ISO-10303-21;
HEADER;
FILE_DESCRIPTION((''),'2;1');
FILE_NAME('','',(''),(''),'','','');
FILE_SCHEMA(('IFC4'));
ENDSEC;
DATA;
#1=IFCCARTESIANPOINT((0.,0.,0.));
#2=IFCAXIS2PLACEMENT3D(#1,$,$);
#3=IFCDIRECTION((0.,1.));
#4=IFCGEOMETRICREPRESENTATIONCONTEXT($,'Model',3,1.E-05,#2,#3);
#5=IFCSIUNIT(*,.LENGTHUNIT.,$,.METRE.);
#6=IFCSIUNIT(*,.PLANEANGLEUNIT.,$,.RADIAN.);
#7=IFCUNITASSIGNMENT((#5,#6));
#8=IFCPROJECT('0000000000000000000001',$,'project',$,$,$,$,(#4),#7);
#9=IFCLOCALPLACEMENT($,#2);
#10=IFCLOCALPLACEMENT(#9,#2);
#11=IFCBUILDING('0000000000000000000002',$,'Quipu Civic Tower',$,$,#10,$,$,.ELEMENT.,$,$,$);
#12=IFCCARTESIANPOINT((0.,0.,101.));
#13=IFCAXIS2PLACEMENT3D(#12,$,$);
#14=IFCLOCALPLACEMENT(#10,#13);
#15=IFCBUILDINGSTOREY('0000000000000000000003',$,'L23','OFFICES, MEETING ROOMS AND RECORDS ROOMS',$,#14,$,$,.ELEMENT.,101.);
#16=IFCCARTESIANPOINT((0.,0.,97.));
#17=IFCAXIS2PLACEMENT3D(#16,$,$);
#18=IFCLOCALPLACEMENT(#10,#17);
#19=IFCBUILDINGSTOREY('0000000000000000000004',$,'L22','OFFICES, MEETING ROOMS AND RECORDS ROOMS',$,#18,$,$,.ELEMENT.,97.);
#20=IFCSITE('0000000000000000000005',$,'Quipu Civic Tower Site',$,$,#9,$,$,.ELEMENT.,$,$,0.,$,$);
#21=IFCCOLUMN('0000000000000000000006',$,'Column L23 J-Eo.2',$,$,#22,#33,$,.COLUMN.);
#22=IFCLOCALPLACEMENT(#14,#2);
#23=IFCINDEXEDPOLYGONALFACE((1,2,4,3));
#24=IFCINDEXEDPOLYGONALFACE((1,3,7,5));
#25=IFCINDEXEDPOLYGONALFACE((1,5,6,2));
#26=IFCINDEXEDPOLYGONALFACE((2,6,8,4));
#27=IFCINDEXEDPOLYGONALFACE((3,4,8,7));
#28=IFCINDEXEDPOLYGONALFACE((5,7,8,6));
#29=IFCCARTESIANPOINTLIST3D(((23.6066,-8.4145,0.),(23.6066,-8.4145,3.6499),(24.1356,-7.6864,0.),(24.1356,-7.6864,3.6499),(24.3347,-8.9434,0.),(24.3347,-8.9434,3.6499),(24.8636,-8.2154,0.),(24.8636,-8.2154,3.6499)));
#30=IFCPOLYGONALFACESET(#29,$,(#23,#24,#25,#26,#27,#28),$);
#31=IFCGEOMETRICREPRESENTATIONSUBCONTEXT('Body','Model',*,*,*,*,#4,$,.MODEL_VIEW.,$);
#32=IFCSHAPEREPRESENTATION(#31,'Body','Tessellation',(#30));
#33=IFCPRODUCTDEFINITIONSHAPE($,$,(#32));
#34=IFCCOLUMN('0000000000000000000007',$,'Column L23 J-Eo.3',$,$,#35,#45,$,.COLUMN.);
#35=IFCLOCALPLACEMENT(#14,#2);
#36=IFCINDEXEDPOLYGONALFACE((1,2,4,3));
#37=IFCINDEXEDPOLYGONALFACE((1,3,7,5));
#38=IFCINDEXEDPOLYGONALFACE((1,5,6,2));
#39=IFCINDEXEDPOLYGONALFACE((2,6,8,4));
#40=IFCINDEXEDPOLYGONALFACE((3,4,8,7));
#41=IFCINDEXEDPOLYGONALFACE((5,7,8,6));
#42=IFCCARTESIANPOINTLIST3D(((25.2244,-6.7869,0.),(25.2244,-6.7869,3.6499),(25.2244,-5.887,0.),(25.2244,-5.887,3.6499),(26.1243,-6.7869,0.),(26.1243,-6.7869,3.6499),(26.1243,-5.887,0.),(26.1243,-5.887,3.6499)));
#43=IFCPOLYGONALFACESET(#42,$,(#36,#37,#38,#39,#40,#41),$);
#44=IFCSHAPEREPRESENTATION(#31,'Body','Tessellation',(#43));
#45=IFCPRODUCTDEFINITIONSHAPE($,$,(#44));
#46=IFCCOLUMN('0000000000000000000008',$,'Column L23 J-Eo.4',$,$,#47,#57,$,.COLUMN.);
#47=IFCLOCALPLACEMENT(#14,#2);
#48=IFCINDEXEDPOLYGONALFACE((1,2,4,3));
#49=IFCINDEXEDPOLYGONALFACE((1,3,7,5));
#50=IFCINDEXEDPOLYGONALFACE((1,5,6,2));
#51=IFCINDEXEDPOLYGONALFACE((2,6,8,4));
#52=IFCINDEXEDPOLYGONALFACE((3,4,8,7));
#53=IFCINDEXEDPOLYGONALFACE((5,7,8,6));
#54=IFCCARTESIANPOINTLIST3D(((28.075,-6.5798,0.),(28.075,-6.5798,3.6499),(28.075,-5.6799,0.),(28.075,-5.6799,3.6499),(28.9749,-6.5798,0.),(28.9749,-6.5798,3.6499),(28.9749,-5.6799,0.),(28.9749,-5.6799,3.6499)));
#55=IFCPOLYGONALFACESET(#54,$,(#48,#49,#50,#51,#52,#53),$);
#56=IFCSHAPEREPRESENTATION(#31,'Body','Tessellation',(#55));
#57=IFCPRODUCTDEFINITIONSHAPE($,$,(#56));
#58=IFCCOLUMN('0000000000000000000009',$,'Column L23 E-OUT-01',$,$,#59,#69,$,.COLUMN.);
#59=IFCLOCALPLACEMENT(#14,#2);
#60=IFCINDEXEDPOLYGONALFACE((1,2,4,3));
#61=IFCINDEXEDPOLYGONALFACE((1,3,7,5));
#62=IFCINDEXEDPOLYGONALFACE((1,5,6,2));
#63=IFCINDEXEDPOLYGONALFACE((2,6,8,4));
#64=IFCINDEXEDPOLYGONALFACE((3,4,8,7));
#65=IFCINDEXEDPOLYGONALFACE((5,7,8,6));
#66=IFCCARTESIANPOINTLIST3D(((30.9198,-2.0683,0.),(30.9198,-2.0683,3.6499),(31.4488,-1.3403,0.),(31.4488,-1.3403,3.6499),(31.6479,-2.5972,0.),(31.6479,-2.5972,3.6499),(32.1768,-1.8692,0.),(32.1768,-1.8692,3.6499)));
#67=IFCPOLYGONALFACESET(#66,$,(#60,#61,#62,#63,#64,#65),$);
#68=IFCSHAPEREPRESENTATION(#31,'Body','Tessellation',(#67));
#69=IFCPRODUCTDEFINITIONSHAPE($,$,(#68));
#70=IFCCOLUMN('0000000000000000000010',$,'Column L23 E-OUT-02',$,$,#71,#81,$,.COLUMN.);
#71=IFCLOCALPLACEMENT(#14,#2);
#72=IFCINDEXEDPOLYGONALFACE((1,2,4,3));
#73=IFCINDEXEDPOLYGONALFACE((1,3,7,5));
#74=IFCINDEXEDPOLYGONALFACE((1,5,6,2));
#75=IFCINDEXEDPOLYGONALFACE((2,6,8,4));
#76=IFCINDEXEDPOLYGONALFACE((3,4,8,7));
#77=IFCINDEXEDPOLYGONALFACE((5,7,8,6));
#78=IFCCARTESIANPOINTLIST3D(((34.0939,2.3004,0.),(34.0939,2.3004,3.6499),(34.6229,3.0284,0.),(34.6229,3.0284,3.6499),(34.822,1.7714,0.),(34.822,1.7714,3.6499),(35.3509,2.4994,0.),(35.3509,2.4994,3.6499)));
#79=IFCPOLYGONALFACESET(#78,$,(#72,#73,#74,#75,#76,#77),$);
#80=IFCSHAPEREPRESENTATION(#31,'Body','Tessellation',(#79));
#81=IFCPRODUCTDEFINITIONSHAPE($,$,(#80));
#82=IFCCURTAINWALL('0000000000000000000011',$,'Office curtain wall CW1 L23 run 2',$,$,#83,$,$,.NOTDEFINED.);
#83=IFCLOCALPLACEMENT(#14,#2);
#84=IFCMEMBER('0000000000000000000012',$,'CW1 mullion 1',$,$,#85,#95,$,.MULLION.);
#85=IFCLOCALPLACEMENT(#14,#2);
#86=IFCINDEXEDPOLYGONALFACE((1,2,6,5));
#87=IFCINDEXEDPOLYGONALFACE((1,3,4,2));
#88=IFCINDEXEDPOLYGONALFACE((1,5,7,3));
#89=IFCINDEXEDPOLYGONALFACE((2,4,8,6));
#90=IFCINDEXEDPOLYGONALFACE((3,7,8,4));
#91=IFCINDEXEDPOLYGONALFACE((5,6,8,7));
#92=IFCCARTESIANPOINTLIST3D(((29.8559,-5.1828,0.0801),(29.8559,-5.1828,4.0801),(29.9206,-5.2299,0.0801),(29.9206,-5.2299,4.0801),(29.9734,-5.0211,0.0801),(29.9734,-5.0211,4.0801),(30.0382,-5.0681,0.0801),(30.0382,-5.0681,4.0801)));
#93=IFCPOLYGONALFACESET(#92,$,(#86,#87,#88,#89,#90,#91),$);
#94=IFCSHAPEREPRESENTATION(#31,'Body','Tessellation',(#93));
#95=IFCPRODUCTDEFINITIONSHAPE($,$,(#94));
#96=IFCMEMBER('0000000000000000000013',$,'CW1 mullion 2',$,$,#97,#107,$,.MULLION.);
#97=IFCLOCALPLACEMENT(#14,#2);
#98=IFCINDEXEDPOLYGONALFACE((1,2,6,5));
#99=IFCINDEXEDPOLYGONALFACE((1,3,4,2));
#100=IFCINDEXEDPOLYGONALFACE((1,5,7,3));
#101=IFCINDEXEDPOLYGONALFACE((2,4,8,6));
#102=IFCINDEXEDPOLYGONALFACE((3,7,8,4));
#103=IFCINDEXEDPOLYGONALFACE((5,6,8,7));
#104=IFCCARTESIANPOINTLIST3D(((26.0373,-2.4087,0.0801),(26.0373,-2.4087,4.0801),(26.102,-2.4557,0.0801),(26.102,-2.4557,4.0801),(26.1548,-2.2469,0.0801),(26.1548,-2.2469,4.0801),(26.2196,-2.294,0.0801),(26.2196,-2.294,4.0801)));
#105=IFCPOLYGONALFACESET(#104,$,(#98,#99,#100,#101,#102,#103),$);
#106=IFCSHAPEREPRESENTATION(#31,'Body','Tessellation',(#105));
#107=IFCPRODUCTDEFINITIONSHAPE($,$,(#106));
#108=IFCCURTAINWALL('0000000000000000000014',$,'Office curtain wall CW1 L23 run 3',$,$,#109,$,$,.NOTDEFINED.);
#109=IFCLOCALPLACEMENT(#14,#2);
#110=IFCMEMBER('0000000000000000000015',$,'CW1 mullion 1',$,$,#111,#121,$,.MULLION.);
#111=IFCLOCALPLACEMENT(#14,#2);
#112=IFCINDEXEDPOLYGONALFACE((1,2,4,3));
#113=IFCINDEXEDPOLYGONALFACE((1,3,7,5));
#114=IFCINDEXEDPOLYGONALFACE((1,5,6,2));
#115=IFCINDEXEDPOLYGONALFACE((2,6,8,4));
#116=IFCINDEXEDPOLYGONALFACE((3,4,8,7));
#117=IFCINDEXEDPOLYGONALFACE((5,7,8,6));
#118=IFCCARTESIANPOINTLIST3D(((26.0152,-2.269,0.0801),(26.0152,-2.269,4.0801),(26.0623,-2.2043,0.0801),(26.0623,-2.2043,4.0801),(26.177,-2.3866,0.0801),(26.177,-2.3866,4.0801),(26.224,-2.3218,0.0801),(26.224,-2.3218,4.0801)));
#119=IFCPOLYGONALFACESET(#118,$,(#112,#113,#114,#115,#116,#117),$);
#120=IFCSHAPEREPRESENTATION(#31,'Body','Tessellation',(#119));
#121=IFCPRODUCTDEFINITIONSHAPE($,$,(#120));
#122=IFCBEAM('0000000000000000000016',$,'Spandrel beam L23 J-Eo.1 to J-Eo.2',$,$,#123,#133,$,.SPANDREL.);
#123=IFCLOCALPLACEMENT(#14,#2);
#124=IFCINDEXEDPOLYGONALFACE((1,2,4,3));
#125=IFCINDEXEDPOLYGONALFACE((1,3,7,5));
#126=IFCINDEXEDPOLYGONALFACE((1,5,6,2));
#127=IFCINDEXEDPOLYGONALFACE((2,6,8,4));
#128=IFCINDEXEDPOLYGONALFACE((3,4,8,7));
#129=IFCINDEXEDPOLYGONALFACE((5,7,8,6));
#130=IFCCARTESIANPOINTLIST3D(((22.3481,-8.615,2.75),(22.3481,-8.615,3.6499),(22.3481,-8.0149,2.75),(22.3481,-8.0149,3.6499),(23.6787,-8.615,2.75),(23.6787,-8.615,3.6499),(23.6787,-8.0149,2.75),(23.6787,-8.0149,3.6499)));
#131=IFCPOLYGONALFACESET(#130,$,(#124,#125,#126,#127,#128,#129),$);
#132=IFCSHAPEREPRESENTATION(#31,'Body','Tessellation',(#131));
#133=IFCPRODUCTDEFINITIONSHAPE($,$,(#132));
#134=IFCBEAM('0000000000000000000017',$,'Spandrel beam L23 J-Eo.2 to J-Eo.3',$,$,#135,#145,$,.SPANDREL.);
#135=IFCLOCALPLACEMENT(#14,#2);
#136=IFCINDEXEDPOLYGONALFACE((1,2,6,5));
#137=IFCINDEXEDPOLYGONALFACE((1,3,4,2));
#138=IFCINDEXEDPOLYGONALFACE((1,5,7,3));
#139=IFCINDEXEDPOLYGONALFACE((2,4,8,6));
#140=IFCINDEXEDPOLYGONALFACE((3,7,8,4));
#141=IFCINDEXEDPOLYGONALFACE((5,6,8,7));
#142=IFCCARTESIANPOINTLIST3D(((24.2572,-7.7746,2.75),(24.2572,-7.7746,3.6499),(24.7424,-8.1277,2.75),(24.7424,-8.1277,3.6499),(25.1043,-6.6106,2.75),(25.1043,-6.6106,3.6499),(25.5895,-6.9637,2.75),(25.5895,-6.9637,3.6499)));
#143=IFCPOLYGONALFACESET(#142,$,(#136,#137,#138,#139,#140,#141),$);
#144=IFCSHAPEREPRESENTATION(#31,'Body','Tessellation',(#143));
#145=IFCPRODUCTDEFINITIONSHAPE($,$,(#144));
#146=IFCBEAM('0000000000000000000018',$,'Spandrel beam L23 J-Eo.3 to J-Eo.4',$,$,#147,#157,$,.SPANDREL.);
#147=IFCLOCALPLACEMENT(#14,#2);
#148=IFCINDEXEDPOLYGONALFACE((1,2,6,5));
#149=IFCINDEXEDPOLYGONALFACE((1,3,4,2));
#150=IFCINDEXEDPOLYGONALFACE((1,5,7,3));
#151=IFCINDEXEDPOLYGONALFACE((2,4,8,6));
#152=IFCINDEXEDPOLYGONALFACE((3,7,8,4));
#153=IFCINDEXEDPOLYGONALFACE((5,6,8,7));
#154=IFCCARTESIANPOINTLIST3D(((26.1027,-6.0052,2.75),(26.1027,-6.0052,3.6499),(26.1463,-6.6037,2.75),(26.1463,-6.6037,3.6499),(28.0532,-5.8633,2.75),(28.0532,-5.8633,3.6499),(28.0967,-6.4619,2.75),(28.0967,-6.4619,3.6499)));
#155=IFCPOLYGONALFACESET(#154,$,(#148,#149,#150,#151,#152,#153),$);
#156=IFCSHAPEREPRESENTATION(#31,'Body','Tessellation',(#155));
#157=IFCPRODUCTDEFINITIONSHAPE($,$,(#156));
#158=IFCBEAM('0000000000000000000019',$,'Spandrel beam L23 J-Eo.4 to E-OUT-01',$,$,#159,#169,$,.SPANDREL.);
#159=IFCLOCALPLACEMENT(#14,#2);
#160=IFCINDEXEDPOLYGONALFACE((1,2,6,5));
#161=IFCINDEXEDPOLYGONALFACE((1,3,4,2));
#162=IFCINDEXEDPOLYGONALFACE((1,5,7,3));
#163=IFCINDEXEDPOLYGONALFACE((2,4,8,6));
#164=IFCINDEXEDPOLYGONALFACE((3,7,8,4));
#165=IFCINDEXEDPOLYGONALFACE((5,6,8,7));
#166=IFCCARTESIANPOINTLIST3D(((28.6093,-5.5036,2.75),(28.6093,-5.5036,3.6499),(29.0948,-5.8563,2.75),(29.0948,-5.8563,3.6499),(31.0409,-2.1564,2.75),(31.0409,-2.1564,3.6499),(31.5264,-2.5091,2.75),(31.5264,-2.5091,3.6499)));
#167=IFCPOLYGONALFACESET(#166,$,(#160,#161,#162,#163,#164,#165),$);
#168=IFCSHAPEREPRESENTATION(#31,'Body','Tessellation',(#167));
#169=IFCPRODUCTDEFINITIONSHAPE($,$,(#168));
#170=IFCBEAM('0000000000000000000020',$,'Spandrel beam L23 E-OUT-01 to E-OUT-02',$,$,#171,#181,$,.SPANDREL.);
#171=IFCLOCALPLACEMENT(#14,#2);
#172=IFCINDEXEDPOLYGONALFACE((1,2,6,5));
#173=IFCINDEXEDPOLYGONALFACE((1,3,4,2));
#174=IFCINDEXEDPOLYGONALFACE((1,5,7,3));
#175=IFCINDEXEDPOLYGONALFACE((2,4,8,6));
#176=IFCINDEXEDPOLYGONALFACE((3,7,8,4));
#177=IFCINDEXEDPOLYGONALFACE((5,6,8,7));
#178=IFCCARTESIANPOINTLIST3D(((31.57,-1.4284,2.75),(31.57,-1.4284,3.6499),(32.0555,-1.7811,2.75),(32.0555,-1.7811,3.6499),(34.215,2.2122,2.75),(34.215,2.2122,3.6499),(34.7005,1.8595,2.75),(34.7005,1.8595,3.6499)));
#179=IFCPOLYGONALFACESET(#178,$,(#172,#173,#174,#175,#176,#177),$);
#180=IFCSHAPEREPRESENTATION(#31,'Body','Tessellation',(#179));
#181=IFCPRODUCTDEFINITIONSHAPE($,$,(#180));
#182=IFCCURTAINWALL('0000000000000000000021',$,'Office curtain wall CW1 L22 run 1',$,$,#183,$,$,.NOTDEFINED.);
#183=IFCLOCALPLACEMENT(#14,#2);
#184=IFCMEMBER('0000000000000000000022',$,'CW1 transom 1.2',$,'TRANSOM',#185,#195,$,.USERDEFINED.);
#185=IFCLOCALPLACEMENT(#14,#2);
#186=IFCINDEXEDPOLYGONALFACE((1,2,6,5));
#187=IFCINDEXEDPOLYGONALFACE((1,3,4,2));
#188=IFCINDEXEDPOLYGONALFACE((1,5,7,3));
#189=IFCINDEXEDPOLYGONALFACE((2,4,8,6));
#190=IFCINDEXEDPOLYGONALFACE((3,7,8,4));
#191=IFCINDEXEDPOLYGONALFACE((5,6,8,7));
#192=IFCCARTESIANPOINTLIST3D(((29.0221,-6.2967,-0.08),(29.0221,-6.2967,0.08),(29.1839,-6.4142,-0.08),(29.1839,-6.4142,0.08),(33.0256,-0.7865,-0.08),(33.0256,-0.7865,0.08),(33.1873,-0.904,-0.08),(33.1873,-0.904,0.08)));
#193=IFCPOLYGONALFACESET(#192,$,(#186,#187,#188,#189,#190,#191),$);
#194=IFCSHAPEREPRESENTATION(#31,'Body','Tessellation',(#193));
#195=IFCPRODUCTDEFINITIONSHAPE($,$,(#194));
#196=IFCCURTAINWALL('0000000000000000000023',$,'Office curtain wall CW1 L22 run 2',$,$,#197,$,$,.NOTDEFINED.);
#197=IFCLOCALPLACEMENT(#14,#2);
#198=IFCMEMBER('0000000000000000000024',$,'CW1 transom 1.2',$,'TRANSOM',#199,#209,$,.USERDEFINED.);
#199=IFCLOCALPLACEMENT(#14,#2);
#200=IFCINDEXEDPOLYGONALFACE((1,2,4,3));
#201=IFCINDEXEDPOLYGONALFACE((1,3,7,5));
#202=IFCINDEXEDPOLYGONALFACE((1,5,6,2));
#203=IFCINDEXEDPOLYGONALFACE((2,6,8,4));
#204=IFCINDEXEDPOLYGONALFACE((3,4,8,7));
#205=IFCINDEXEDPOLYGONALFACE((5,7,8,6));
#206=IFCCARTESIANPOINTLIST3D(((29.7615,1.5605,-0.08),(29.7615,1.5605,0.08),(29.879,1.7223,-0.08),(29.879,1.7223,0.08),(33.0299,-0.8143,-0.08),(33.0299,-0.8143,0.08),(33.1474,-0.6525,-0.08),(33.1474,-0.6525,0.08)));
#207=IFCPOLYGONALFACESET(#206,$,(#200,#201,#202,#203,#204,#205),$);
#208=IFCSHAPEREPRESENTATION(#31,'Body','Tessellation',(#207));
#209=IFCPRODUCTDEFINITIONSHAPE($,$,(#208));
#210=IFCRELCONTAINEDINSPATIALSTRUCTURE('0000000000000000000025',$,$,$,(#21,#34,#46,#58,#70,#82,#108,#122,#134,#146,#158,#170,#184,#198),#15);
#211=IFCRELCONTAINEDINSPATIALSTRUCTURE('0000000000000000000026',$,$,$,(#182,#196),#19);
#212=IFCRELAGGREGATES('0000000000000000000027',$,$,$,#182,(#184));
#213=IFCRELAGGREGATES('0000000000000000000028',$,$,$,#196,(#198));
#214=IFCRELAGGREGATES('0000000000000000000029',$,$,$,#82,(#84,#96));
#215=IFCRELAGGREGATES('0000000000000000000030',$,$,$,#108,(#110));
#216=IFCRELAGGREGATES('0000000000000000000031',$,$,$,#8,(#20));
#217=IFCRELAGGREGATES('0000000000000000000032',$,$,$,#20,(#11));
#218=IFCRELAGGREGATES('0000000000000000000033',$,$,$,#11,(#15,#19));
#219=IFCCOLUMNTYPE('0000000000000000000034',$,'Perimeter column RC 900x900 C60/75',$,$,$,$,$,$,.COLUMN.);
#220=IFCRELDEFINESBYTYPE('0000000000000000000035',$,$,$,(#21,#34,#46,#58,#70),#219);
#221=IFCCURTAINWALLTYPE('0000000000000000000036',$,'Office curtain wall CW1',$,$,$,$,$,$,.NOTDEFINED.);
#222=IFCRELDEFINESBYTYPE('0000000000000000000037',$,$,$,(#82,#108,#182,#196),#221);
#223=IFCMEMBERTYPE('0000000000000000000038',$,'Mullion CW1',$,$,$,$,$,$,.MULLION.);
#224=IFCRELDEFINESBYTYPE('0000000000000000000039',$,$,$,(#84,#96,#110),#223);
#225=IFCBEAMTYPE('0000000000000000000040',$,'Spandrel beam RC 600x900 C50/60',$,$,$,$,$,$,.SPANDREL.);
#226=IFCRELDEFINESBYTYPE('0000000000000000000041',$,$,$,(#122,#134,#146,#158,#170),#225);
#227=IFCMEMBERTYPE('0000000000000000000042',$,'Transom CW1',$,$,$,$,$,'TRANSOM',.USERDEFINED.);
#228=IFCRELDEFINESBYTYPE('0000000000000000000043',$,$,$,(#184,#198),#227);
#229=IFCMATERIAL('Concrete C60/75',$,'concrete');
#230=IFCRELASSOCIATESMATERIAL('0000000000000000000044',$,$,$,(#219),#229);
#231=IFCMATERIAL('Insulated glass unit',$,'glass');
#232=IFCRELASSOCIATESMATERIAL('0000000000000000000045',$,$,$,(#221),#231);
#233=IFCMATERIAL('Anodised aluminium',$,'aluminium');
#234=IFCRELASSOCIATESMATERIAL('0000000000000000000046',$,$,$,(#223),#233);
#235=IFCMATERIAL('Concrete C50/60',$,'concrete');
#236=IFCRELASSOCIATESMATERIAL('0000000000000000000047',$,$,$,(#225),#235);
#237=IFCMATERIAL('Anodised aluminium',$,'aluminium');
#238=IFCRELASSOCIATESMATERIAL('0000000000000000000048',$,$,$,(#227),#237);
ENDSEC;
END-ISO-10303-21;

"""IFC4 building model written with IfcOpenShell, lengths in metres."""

from ifc_helpers import new_model, si_unit, direction, frame, origin, origin_2d, place, context, subcontext, project, spatial, rectangle, extrude, material, material_profile, profile_set, type_object, element, aggregate, save


model = new_model("IFC4")

# Units and contexts
model_context = context("Model", 3, precision=1e-05, world=origin(), true_north=direction((0.0, 1.0)))
body_context = subcontext(model_context, "Body", "Model", "MODEL_VIEW")
ifc_project = project(units=[si_unit("LENGTHUNIT", "METRE"), si_unit("PLANEANGLEUNIT", "RADIAN")], contexts=[model_context])

# Site, building, storey
site_placement = place(None, origin())
site = spatial("IfcSite", under=ifc_project, at=site_placement, Name="Quipu Civic Tower Site", CompositionType="ELEMENT", RefElevation=0.0)
building_placement = place(site_placement, origin())
building = spatial("IfcBuilding", under=site, at=building_placement, Name="Quipu Civic Tower", CompositionType="ELEMENT")
storey_1_placement = place(building_placement, frame((0.0, 0.0, 101.0)))
storey_1 = spatial("IfcBuildingStorey", under=building, at=storey_1_placement, Name="L23", Description="OFFICES, MEETING ROOMS AND RECORDS ROOMS", CompositionType="ELEMENT", Elevation=101.0)

# Columns
ifc_material_1 = material(Name="Concrete C60/75", Category="concrete")
ifc_material_profile_1 = material_profile(ifc_material_1, rectangle(XDim=0.8999, YDim=0.8999, at=origin_2d()), Name="RC900x900")
ifc_profile_set_1 = profile_set([ifc_material_profile_1], Name="Concrete C60/75")
column_type = type_object("IfcColumnType", Name="Perimeter column RC 900x900 C60/75", PredefinedType="COLUMN", material=ifc_profile_set_1)
for number, where, z_axis, x_axis, name in (
    (1, (24.2351, -8.3149, 0.0), (0.0, 0.0, 1.0), (0.587785, 0.809017, 0.0), "Column L23 J-Eo.2"),
    (2, (25.6743, -6.3369, 0.0), (0.0, 0.0, 1.0), (1.0, 0.0, 0.0), "Column L23 J-Eo.3"),
    (3, (28.5249, -6.1299, 0.0), (0.0, 0.0, 1.0), (1.0, 0.0, 0.0), "Column L23 J-Eo.4"),
    (4, (31.5483, -1.9688, 0.0), (0.0, 0.0, 1.0), (0.587785, 0.809017, 0.0), "Column L23 E-OUT-01"),
    (5, (34.7224, 2.3999, 0.0), (0.0, 0.0, 1.0), (0.587785, 0.809017, 0.0), "Column L23 E-OUT-02"),
):
    element("IfcColumn", number, at=place(storey_1_placement, frame(where, z_axis=z_axis, x_axis=x_axis)), inside=storey_1, type_object=column_type, Name=name, PredefinedType="COLUMN", context=body_context, shape_type="SweptSolid", body=[
        extrude(rectangle(XDim=0.8999, YDim=0.8999, at=origin_2d()), origin(), (0.0, 0.0, 1.0), 3.6499),
    ])

# Curtain wall, members
ifc_material_2 = material(Name="Insulated glass unit", Category="glass")
curtain_wall_type = type_object("IfcCurtainWallType", Name="Office curtain wall CW1", PredefinedType="NOTDEFINED", material=ifc_material_2)
curtain_wall_1_placement = place(storey_1_placement, origin())
curtain_wall_1 = element("IfcCurtainWall", 6, at=curtain_wall_1_placement, inside=storey_1, type_object=curtain_wall_type, Name="Office curtain wall CW1 L23 run 2", PredefinedType="NOTDEFINED")
ifc_material_3 = material(Name="Anodised aluminium", Category="aluminium")
ifc_material_profile_2 = material_profile(ifc_material_3, rectangle(XDim=0.2, YDim=0.0801, at=origin_2d()), Name="RECT 200x80")
ifc_profile_set_2 = profile_set([ifc_material_profile_2], Name="Anodised aluminium")
member_type_1 = type_object("IfcMemberType", Name="Mullion CW1", PredefinedType="MULLION", material=ifc_profile_set_2)
member_1_placement = place(storey_1_placement, frame((29.947, -5.1255, 0.0801), z_axis=(0.0, 0.0, 1.0), x_axis=(-0.587798, -0.809008, 0.0)))
member_1 = element("IfcMember", 7, at=member_1_placement, type_object=member_type_1, Name="CW1 mullion 1", PredefinedType="MULLION", context=body_context, shape_type="SweptSolid", body=[
    extrude(rectangle(XDim=0.2, YDim=0.0801, at=origin_2d()), origin(), (0.0, 0.0, 1.0), 4.0),
])
member_2_placement = place(storey_1_placement, frame((26.1284, -2.3513, 0.0801), z_axis=(0.0, 0.0, 1.0), x_axis=(-0.587798, -0.809008, 0.0)))
member_2 = element("IfcMember", 8, at=member_2_placement, type_object=member_type_1, Name="CW1 mullion 2", PredefinedType="MULLION", context=body_context, shape_type="SweptSolid", body=[
    extrude(rectangle(XDim=0.2, YDim=0.0801, at=origin_2d()), origin(), (0.0, 0.0, 1.0), 4.0),
])

# Curtain wall, member
curtain_wall_2_placement = place(storey_1_placement, origin())
curtain_wall_2 = element("IfcCurtainWall", 9, at=curtain_wall_2_placement, inside=storey_1, type_object=curtain_wall_type, Name="Office curtain wall CW1 L23 run 3", PredefinedType="NOTDEFINED")
member_3_placement = place(storey_1_placement, frame((26.1196, -2.2954, 0.0801), z_axis=(0.0, 0.0, 1.0), x_axis=(-0.809017, 0.587785, 0.0)))
member_3 = element("IfcMember", 10, at=member_3_placement, type_object=member_type_1, Name="CW1 mullion 1", PredefinedType="MULLION", context=body_context, shape_type="SweptSolid", body=[
    extrude(rectangle(XDim=0.2, YDim=0.0801, at=origin_2d()), origin(), (0.0, 0.0, 1.0), 4.0),
])

# Beams
ifc_material_4 = material(Name="Concrete C50/60", Category="concrete")
ifc_material_profile_3 = material_profile(ifc_material_4, rectangle(XDim=0.6001, YDim=0.8999, at=origin_2d()), Name="RC600x900")
ifc_profile_set_3 = profile_set([ifc_material_profile_3], Name="Concrete C50/60")
beam_type = type_object("IfcBeamType", Name="Spandrel beam RC 600x900 C50/60", PredefinedType="SPANDREL", material=ifc_profile_set_3)
beam_1_placement = place(storey_1_placement, frame((22.3481, -8.3149, 3.2), z_axis=(1.0, 0.0, 0.0), x_axis=(0.0, 1.0, 0.0)))
element("IfcBeam", 11, at=beam_1_placement, inside=storey_1, type_object=beam_type, Name="Spandrel beam L23 J-Eo.1 to J-Eo.2", PredefinedType="SPANDREL", context=body_context, shape_type="SweptSolid", body=[
    extrude(rectangle(XDim=0.6001, YDim=0.8999, at=origin_2d()), origin(), (0.0, 0.0, 1.0), 1.3306),
])
beam_2_placement = place(storey_1_placement, frame((24.4998, -7.9512, 3.2), z_axis=(0.588434, 0.808545, 0.0), x_axis=(-0.808545, 0.588434, 0.0)))
element("IfcBeam", 12, at=beam_2_placement, inside=storey_1, type_object=beam_type, Name="Spandrel beam L23 J-Eo.2 to J-Eo.3", PredefinedType="SPANDREL", context=body_context, shape_type="SweptSolid", body=[
    extrude(rectangle(XDim=0.6001, YDim=0.8999, at=origin_2d()), origin(), (0.0, 0.0, 1.0), 1.4397),
])
beam_3_placement = place(storey_1_placement, frame((26.1245, -6.3044, 3.2), z_axis=(0.997366, 0.072533, 0.0), x_axis=(-0.072533, 0.997366, 0.0)))
element("IfcBeam", 13, at=beam_3_placement, inside=storey_1, type_object=beam_type, Name="Spandrel beam L23 J-Eo.3 to J-Eo.4", PredefinedType="SPANDREL", context=body_context, shape_type="SweptSolid", body=[
    extrude(rectangle(XDim=0.6001, YDim=0.8999, at=origin_2d()), origin(), (0.0, 0.0, 1.0), 1.9556),
])
beam_4_placement = place(storey_1_placement, frame((28.8521, -5.6799, 3.2), z_axis=(0.587751, 0.809042, 0.0), x_axis=(-0.809042, 0.587751, 0.0)))
element("IfcBeam", 14, at=beam_4_placement, inside=storey_1, type_object=beam_type, Name="Spandrel beam L23 J-Eo.4 to E-OUT-01", PredefinedType="SPANDREL", context=body_context, shape_type="SweptSolid", body=[
    extrude(rectangle(XDim=0.6001, YDim=0.8999, at=origin_2d()), origin(), (0.0, 0.0, 1.0), 4.1372),
])
beam_5_placement = place(storey_1_placement, frame((31.8127, -1.6047, 3.2), z_axis=(0.587778, 0.809022, 0.0), x_axis=(-0.809022, 0.587778, 0.0)))
element("IfcBeam", 15, at=beam_5_placement, inside=storey_1, type_object=beam_type, Name="Spandrel beam L23 E-OUT-01 to E-OUT-02", PredefinedType="SPANDREL", context=body_context, shape_type="SweptSolid", body=[
    extrude(rectangle(XDim=0.6001, YDim=0.8999, at=origin_2d()), origin(), (0.0, 0.0, 1.0), 4.5),
])

# Shared definitions
storey_2_placement = place(building_placement, frame((0.0, 0.0, 97.0)))
storey_2 = spatial("IfcBuildingStorey", under=building, at=storey_2_placement, Name="L22", Description="OFFICES, MEETING ROOMS AND RECORDS ROOMS", CompositionType="ELEMENT", Elevation=97.0)

# Curtain walls, members
curtain_wall_3_placement = place(storey_2_placement, origin())
curtain_wall_3 = element("IfcCurtainWall", 16, at=curtain_wall_3_placement, inside=storey_2, type_object=curtain_wall_type, Name="Office curtain wall CW1 L22 run 1", PredefinedType="NOTDEFINED")
ifc_material_5 = material(Name="Anodised aluminium", Category="aluminium")
ifc_material_profile_4 = material_profile(ifc_material_5, rectangle(XDim=0.2, YDim=0.1599, at=origin_2d()), Name="RECT 200x160")
ifc_profile_set_4 = profile_set([ifc_material_profile_4], Name="Anodised aluminium")
member_type_2 = type_object("IfcMemberType", Name="Transom CW1", ElementType="TRANSOM", PredefinedType="USERDEFINED", material=ifc_profile_set_4)
member_4_placement = place(storey_1_placement, frame((29.103, -6.3555, 0.0), z_axis=(0.587784, 0.809018, 0.0), x_axis=(-0.809018, 0.587784, 0.0)))
member_4 = element("IfcMember", 17, at=member_4_placement, inside=storey_1, type_object=member_type_2, Name="CW1 transom 1.2", ObjectType="TRANSOM", PredefinedType="USERDEFINED", context=body_context, shape_type="SweptSolid", body=[
    extrude(rectangle(XDim=0.2, YDim=0.1599, at=origin_2d()), origin(), (0.0, 0.0, 1.0), 6.811),
])
aggregate(curtain_wall_3, [member_4])
curtain_wall_4_placement = place(storey_2_placement, origin())
curtain_wall_4 = element("IfcCurtainWall", 18, at=curtain_wall_4_placement, inside=storey_2, type_object=curtain_wall_type, Name="Office curtain wall CW1 L22 run 2", PredefinedType="NOTDEFINED")
member_5_placement = place(storey_1_placement, frame((33.0886, -0.7334, 0.0), z_axis=(-0.808995, 0.587816, 0.0), x_axis=(-0.587816, -0.808995, 0.0)))
member_5 = element("IfcMember", 19, at=member_5_placement, inside=storey_1, type_object=member_type_2, Name="CW1 transom 1.2", ObjectType="TRANSOM", PredefinedType="USERDEFINED", context=body_context, shape_type="SweptSolid", body=[
    extrude(rectangle(XDim=0.2, YDim=0.1599, at=origin_2d()), origin(), (0.0, 0.0, 1.0), 4.04),
])
aggregate(curtain_wall_4, [member_5])

aggregate(curtain_wall_1, [member_1, member_2])
aggregate(curtain_wall_2, [member_3])

save(model, "model.ifc")
